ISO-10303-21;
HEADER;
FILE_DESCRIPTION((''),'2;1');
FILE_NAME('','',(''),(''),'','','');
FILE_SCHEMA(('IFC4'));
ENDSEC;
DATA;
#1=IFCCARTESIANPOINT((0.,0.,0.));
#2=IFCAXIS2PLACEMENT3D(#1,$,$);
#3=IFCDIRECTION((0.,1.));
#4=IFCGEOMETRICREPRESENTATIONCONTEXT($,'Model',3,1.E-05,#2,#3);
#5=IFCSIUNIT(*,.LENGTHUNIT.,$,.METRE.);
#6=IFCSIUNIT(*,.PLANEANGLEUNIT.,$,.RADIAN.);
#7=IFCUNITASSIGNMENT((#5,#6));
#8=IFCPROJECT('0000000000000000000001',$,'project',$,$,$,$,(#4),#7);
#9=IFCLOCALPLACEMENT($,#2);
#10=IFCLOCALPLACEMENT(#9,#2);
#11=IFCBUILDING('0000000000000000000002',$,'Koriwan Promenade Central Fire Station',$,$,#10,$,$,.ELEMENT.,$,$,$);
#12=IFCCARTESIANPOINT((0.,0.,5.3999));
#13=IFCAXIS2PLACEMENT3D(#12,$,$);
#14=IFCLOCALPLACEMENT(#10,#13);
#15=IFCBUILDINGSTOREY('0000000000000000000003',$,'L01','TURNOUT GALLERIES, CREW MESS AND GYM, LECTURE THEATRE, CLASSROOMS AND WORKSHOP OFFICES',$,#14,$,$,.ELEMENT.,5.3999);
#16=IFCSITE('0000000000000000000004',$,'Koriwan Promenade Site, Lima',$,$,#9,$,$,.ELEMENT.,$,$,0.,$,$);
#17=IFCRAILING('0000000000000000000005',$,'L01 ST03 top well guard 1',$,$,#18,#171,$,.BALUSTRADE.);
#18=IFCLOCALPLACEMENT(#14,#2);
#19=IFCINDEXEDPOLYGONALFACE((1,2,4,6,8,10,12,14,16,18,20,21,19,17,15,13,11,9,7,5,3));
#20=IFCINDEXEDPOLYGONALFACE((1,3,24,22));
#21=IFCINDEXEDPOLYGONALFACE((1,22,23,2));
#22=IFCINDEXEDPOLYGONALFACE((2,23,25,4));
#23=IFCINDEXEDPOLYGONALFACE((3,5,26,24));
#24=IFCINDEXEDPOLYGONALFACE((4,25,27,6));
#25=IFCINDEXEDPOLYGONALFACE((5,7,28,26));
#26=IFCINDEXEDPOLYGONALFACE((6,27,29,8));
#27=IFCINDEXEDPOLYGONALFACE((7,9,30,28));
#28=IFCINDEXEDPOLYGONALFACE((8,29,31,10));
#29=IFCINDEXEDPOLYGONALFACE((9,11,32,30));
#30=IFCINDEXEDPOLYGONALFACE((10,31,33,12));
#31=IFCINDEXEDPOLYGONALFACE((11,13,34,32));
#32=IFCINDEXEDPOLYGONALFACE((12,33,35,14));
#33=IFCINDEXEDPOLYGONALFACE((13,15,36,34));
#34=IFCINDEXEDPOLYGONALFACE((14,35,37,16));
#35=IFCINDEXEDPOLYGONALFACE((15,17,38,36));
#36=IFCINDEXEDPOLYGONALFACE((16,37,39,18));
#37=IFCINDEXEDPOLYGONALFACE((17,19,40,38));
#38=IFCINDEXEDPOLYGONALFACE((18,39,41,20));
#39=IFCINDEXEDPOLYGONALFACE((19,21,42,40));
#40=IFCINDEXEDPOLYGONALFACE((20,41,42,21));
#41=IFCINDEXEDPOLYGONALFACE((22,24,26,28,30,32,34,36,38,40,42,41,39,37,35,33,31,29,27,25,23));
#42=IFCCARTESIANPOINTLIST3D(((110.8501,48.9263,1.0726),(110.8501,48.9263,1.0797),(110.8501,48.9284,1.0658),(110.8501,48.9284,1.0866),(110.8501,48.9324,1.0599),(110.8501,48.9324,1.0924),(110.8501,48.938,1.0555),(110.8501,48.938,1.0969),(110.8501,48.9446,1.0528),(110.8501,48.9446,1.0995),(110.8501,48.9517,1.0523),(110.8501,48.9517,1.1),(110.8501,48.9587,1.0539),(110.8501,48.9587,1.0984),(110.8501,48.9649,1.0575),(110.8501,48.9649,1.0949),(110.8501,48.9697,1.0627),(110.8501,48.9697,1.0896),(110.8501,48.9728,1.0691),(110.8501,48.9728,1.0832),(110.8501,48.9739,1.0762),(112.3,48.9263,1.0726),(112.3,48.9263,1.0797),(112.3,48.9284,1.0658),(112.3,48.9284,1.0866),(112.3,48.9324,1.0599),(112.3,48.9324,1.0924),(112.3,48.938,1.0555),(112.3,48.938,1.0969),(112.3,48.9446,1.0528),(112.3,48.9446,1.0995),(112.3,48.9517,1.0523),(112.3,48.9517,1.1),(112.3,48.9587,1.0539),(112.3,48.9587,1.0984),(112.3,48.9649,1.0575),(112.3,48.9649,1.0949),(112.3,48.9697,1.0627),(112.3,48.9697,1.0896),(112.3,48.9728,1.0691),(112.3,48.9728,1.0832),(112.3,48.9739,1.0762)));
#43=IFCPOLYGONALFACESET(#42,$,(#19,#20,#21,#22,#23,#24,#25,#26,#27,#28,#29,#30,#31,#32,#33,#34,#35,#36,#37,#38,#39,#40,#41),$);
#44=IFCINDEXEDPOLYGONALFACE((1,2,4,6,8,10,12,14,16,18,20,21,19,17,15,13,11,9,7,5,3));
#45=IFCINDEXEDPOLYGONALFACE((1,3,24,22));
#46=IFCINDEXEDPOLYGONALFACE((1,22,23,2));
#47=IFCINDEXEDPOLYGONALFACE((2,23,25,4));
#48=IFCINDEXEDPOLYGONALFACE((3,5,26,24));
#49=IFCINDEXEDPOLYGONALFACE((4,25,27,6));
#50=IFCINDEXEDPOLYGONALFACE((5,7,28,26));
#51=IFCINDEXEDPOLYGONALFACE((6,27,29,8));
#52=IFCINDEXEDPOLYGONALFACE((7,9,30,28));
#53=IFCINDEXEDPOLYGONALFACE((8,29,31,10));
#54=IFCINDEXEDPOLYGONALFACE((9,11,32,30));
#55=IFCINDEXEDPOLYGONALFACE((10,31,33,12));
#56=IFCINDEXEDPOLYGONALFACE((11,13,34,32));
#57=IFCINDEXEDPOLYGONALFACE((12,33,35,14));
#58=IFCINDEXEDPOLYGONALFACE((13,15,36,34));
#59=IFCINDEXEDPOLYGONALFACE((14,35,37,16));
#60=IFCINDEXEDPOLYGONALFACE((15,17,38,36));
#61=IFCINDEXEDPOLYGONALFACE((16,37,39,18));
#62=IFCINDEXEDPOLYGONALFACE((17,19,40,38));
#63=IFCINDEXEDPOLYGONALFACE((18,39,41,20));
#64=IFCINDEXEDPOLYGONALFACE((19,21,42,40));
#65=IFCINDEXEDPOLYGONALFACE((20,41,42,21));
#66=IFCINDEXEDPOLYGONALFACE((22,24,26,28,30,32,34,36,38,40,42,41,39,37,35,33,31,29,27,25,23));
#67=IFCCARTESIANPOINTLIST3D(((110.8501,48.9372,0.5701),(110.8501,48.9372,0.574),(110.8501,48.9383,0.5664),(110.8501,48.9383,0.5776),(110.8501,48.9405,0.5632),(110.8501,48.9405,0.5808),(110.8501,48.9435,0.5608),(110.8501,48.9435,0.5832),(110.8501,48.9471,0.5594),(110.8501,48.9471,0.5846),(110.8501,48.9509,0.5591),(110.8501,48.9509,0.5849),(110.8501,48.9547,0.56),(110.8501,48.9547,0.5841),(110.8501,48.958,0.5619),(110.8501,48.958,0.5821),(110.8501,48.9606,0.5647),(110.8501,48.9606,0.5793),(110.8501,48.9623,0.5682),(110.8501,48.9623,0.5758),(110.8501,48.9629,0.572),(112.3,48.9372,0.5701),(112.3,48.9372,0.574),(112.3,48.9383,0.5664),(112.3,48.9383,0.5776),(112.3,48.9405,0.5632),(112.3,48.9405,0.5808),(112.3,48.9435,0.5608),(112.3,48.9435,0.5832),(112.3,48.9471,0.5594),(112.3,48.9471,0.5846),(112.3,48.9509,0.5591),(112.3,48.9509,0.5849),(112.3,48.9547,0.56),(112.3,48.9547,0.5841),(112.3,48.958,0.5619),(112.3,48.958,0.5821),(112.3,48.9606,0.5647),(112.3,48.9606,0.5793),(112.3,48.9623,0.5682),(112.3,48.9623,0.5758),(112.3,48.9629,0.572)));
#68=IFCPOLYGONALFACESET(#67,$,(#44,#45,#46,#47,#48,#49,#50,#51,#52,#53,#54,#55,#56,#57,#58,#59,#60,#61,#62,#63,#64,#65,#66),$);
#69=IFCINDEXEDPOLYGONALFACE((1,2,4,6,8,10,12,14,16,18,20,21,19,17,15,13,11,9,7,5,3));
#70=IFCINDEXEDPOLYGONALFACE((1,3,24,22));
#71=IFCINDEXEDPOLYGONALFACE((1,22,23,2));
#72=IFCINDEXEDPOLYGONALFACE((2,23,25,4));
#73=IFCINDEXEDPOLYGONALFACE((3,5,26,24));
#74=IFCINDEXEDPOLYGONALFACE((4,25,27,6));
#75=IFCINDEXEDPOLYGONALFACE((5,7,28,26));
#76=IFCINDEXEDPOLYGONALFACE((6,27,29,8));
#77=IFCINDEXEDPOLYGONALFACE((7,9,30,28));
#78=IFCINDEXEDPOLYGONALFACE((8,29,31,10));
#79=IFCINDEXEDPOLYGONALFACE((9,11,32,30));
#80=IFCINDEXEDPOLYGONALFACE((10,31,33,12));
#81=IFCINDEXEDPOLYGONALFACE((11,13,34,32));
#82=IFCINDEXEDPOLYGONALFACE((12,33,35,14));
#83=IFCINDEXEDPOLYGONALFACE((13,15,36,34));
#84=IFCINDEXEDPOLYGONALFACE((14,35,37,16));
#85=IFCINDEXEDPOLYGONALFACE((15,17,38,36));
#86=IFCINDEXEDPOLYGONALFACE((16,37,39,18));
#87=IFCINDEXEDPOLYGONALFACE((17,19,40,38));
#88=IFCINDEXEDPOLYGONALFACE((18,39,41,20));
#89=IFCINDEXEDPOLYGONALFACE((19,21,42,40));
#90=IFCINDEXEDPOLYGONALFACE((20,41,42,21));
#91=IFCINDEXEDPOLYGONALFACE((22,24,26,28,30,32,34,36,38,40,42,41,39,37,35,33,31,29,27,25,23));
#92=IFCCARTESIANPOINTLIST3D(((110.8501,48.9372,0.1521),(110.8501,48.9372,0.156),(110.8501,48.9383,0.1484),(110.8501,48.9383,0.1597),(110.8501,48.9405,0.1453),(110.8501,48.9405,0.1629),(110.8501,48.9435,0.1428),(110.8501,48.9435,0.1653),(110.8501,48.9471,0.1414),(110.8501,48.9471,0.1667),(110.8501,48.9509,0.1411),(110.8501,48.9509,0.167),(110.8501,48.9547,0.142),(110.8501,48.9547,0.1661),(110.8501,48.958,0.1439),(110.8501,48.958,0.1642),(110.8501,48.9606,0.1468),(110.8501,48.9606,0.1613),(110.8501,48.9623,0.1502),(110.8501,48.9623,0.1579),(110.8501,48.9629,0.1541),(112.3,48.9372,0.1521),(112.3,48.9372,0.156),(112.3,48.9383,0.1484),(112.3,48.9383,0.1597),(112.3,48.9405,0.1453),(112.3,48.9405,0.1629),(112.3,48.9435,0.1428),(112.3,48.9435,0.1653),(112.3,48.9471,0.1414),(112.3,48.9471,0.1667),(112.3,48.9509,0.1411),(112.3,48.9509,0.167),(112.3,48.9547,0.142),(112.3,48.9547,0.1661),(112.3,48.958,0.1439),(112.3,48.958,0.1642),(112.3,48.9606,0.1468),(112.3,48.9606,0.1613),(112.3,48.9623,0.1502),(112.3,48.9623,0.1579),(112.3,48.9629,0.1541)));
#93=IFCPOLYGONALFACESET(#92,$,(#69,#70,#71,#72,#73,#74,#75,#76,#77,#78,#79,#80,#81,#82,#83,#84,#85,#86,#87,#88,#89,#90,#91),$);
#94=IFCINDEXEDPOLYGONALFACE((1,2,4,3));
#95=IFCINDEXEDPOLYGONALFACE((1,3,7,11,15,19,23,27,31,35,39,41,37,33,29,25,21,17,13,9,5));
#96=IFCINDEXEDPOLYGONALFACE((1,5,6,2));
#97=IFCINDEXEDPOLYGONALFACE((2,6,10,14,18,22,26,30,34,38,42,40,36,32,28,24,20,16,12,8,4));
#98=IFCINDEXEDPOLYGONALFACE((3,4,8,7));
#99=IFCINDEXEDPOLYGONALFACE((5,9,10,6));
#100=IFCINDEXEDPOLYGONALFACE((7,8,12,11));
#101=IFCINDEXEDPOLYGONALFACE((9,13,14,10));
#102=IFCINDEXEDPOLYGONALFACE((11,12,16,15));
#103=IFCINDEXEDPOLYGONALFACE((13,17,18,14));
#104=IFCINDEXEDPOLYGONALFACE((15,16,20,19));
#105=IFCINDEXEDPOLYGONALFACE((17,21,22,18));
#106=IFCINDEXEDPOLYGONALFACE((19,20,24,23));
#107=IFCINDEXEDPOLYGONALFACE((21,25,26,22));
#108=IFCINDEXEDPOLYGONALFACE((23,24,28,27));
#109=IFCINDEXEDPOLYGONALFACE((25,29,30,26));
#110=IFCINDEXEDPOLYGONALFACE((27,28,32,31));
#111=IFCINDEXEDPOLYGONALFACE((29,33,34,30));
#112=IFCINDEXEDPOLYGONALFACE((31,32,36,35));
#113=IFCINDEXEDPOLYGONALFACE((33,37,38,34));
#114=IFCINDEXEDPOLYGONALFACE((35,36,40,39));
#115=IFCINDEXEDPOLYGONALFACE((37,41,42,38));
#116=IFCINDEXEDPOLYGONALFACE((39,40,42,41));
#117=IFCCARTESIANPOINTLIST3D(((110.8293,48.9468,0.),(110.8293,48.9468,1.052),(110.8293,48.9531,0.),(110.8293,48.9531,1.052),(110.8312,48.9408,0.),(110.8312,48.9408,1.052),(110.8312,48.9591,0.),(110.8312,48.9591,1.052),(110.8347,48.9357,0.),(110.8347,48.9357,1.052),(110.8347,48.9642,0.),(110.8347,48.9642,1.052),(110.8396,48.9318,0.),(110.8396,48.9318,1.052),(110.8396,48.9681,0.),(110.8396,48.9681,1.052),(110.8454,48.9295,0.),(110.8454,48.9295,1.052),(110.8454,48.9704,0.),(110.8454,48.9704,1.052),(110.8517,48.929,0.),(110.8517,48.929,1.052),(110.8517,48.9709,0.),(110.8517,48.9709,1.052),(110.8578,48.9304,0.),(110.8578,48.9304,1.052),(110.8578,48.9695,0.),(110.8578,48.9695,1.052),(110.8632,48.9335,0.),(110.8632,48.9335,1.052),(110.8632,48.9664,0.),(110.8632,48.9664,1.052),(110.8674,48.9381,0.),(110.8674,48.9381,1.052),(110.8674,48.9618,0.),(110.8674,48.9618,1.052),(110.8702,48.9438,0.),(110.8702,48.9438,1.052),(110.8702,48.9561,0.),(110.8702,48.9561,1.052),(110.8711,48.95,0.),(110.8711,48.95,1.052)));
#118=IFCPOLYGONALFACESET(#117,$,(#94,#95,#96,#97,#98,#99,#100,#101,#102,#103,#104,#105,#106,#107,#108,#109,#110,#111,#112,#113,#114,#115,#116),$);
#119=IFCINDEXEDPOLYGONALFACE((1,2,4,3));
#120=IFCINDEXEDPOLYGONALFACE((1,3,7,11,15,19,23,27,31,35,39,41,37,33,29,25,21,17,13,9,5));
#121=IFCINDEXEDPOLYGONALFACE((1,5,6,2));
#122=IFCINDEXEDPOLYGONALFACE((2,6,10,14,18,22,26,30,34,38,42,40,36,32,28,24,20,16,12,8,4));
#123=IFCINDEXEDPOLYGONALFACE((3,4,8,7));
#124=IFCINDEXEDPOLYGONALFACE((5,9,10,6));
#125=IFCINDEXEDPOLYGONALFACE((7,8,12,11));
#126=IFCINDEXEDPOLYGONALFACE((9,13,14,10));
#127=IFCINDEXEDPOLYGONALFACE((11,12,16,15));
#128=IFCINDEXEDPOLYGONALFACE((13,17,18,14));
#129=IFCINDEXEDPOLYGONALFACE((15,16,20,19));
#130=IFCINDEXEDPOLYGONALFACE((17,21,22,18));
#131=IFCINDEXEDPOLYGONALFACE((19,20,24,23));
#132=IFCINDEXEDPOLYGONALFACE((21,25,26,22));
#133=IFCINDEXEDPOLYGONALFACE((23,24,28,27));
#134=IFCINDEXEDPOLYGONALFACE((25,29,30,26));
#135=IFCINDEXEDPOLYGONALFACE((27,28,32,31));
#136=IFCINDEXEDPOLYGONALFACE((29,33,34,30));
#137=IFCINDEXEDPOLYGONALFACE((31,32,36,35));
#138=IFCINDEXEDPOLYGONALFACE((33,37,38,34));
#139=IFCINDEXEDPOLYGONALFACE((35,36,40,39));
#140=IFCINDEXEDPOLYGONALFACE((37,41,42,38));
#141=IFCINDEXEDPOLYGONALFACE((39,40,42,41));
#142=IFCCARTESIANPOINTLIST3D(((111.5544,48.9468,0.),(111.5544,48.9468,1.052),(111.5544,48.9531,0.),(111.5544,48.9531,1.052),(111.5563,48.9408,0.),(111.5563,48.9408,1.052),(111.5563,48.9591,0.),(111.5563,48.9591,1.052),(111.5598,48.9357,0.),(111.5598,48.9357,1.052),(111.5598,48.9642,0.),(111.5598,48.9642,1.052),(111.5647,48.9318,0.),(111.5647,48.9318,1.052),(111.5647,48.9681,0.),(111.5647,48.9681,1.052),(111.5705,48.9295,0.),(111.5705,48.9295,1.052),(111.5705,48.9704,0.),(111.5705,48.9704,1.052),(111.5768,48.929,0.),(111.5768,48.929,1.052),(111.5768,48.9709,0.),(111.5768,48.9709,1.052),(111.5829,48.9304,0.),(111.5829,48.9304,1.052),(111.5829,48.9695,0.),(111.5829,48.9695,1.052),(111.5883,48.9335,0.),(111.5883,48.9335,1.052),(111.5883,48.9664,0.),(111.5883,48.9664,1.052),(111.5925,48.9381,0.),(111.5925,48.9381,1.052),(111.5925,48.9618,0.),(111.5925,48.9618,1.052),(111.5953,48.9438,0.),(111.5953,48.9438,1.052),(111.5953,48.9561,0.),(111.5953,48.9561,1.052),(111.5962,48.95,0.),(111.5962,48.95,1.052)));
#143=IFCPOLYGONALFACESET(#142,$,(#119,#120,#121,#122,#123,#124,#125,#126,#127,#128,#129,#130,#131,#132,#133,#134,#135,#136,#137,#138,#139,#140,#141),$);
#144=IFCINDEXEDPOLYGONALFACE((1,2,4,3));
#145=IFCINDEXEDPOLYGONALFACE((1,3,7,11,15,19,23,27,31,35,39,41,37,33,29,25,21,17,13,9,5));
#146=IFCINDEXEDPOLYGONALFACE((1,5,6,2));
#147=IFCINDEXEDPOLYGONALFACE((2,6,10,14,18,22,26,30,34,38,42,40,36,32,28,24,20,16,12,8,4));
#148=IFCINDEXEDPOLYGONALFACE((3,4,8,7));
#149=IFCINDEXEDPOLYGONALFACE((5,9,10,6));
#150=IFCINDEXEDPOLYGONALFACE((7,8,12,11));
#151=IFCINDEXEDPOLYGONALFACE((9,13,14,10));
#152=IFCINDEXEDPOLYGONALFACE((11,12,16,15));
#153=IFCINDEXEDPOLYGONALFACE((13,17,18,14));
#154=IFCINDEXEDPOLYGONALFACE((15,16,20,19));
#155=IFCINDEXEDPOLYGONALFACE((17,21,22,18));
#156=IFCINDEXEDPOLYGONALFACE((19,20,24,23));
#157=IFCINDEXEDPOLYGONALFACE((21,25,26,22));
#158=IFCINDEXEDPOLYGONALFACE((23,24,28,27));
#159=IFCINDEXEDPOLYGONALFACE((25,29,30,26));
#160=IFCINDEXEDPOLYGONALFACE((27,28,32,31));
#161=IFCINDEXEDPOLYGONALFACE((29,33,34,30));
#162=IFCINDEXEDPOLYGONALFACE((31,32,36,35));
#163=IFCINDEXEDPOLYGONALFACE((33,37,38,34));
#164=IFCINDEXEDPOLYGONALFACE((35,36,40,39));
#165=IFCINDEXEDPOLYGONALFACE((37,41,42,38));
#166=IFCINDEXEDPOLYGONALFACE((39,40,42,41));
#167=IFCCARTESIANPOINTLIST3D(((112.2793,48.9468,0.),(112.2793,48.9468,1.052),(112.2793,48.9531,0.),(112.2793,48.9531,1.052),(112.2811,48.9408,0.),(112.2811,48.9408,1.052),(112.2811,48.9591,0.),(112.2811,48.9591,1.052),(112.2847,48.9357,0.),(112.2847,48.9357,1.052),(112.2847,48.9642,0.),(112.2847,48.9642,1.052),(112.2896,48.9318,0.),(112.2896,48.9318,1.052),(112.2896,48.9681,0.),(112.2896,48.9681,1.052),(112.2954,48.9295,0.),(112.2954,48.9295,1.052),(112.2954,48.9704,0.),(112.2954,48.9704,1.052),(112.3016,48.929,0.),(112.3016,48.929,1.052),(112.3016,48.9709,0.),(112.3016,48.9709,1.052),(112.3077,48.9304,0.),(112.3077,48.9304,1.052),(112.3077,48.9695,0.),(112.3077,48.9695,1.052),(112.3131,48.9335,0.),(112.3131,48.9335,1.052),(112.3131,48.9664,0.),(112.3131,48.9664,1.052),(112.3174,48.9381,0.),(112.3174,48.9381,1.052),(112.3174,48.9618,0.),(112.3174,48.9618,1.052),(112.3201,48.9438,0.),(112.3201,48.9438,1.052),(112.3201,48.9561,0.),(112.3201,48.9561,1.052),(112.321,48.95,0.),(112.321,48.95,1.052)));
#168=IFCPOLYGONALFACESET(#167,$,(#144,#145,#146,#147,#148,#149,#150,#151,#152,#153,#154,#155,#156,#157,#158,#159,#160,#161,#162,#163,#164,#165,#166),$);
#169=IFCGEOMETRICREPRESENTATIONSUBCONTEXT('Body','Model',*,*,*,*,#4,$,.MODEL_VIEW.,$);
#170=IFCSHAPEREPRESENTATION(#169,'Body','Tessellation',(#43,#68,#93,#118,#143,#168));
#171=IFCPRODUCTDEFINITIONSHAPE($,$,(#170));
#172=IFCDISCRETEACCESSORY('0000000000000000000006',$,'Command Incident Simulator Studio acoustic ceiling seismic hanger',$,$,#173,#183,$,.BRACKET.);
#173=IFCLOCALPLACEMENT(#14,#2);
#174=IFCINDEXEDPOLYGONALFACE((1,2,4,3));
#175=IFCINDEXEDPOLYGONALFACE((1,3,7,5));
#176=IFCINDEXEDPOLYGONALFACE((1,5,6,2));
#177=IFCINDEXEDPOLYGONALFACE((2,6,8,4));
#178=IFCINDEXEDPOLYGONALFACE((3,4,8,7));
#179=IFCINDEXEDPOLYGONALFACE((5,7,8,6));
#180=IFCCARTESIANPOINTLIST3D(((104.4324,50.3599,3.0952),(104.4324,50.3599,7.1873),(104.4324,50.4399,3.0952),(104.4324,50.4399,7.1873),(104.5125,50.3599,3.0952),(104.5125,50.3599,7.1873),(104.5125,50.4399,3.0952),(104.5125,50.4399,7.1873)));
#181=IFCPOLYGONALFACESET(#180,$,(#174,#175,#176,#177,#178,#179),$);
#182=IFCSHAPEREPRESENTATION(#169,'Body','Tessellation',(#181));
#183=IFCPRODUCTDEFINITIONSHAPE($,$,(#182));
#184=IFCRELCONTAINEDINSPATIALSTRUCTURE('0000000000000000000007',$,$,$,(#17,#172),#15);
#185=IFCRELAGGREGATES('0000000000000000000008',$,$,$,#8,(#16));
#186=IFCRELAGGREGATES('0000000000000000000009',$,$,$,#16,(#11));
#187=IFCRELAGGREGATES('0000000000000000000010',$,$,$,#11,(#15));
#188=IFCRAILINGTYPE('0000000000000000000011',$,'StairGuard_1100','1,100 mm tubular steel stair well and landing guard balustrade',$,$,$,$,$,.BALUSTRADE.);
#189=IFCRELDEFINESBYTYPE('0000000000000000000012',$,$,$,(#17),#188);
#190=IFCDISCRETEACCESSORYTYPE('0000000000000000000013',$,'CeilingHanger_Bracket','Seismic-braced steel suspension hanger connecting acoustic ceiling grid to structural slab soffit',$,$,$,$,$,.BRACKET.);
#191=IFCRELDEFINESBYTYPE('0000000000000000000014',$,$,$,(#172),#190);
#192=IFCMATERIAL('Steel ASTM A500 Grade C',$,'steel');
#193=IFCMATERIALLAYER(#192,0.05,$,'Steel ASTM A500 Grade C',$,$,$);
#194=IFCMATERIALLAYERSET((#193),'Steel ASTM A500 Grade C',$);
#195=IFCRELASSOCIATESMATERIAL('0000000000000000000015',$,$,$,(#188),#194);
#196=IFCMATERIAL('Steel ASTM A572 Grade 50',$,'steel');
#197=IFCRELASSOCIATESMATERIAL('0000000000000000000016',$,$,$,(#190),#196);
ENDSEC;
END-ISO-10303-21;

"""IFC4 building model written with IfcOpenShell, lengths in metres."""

from ifc_helpers import new_model, si_unit, direction, frame, origin, origin_2d, place, context, subcontext, project, spatial, rectangle, circle, extrude, material, layer, layer_set, type_object, element, save


model = new_model("IFC4")

# Units and contexts
model_context = context("Model", 3, precision=1e-05, world=origin(), true_north=direction((0.0, 1.0)))
body_context = subcontext(model_context, "Body", "Model", "MODEL_VIEW")
ifc_project = project(units=[si_unit("LENGTHUNIT", "METRE"), si_unit("PLANEANGLEUNIT", "RADIAN")], contexts=[model_context])

# Site, building, storey
site_placement = place(None, origin())
site = spatial("IfcSite", under=ifc_project, at=site_placement, Name="Koriwan Promenade Site, Lima", CompositionType="ELEMENT", RefElevation=0.0)
building_placement = place(site_placement, origin())
building = spatial("IfcBuilding", under=site, at=building_placement, Name="Koriwan Promenade Central Fire Station", CompositionType="ELEMENT")
storey_placement = place(building_placement, frame((0.0, 0.0, 5.3999)))
storey = spatial("IfcBuildingStorey", under=building, at=storey_placement, Name="L01", Description="TURNOUT GALLERIES, CREW MESS AND GYM, LECTURE THEATRE, CLASSROOMS AND WORKSHOP OFFICES", CompositionType="ELEMENT", Elevation=5.3999)

# Shared definitions
ifc_material_1 = material(Name="Steel ASTM A500 Grade C", Category="steel")

# Shared definitions
ifc_material_2 = material(Name="Steel ASTM A572 Grade 50", Category="steel")

# Railing
ifc_layer_1 = layer(ifc_material_1, 0.05, Name="Steel ASTM A500 Grade C")
ifc_layer_set_1 = layer_set([ifc_layer_1], Name="Steel ASTM A500 Grade C")
railing_type = type_object("IfcRailingType", Name="StairGuard_1100", Description="1,100 mm tubular steel stair well and landing guard balustrade", PredefinedType="BALUSTRADE", material=ifc_layer_set_1)
railing_placement = place(storey_placement, frame((110.8501, 48.95, 0.0)))
element("IfcRailing", 1, at=railing_placement, inside=storey, type_object=railing_type, Name="L01 ST03 top well guard 1", PredefinedType="BALUSTRADE", context=body_context, shape_type="SweptSolid", body=[
    extrude(circle(Radius=0.0239, at=origin_2d()), frame((0.0, 0.0, 1.0762), z_axis=(1.0, 0.0, 0.0), x_axis=(0.0, 1.0, 0.0)), (0.0, 0.0, 1.0), 1.45),
    extrude(circle(Radius=0.0129, at=origin_2d()), frame((0.0, 0.0, 0.572), z_axis=(1.0, 0.0, 0.0), x_axis=(0.0, 1.0, 0.0)), (0.0, 0.0, 1.0), 1.45),
    extrude(circle(Radius=0.0129, at=origin_2d()), frame((0.0, 0.0, 0.1541), z_axis=(1.0, 0.0, 0.0), x_axis=(0.0, 1.0, 0.0)), (0.0, 0.0, 1.0), 1.45),
    extrude(circle(Radius=0.021, at=origin_2d()), origin(), (0.0, 0.0, 1.0), 1.052),
    extrude(circle(Radius=0.021, at=origin_2d()), frame((0.7251, 0.0, 0.0)), (0.0, 0.0, 1.0), 1.052),
    extrude(circle(Radius=0.021, at=origin_2d()), frame((1.45, 0.0, 0.0)), (0.0, 0.0, 1.0), 1.052),
])

# Discrete accessory
discrete_accessory_type = type_object("IfcDiscreteAccessoryType", Name="CeilingHanger_Bracket", Description="Seismic-braced steel suspension hanger connecting acoustic ceiling grid to structural slab soffit", PredefinedType="BRACKET", material=ifc_material_2)
discrete_accessory_placement = place(storey_placement, frame((104.4724, 50.3999, 3.0952), z_axis=(0.0, 0.0, 1.0), x_axis=(1.0, 0.0, 0.0)))
element("IfcDiscreteAccessory", 2, at=discrete_accessory_placement, inside=storey, type_object=discrete_accessory_type, Name="Command Incident Simulator Studio acoustic ceiling seismic hanger", PredefinedType="BRACKET", context=body_context, shape_type="SweptSolid", body=[
    extrude(rectangle(XDim=0.0801, YDim=0.0801, at=origin_2d()), origin(), (0.0, 0.0, 1.0), 4.092),
])

save(model, "model.ifc")
